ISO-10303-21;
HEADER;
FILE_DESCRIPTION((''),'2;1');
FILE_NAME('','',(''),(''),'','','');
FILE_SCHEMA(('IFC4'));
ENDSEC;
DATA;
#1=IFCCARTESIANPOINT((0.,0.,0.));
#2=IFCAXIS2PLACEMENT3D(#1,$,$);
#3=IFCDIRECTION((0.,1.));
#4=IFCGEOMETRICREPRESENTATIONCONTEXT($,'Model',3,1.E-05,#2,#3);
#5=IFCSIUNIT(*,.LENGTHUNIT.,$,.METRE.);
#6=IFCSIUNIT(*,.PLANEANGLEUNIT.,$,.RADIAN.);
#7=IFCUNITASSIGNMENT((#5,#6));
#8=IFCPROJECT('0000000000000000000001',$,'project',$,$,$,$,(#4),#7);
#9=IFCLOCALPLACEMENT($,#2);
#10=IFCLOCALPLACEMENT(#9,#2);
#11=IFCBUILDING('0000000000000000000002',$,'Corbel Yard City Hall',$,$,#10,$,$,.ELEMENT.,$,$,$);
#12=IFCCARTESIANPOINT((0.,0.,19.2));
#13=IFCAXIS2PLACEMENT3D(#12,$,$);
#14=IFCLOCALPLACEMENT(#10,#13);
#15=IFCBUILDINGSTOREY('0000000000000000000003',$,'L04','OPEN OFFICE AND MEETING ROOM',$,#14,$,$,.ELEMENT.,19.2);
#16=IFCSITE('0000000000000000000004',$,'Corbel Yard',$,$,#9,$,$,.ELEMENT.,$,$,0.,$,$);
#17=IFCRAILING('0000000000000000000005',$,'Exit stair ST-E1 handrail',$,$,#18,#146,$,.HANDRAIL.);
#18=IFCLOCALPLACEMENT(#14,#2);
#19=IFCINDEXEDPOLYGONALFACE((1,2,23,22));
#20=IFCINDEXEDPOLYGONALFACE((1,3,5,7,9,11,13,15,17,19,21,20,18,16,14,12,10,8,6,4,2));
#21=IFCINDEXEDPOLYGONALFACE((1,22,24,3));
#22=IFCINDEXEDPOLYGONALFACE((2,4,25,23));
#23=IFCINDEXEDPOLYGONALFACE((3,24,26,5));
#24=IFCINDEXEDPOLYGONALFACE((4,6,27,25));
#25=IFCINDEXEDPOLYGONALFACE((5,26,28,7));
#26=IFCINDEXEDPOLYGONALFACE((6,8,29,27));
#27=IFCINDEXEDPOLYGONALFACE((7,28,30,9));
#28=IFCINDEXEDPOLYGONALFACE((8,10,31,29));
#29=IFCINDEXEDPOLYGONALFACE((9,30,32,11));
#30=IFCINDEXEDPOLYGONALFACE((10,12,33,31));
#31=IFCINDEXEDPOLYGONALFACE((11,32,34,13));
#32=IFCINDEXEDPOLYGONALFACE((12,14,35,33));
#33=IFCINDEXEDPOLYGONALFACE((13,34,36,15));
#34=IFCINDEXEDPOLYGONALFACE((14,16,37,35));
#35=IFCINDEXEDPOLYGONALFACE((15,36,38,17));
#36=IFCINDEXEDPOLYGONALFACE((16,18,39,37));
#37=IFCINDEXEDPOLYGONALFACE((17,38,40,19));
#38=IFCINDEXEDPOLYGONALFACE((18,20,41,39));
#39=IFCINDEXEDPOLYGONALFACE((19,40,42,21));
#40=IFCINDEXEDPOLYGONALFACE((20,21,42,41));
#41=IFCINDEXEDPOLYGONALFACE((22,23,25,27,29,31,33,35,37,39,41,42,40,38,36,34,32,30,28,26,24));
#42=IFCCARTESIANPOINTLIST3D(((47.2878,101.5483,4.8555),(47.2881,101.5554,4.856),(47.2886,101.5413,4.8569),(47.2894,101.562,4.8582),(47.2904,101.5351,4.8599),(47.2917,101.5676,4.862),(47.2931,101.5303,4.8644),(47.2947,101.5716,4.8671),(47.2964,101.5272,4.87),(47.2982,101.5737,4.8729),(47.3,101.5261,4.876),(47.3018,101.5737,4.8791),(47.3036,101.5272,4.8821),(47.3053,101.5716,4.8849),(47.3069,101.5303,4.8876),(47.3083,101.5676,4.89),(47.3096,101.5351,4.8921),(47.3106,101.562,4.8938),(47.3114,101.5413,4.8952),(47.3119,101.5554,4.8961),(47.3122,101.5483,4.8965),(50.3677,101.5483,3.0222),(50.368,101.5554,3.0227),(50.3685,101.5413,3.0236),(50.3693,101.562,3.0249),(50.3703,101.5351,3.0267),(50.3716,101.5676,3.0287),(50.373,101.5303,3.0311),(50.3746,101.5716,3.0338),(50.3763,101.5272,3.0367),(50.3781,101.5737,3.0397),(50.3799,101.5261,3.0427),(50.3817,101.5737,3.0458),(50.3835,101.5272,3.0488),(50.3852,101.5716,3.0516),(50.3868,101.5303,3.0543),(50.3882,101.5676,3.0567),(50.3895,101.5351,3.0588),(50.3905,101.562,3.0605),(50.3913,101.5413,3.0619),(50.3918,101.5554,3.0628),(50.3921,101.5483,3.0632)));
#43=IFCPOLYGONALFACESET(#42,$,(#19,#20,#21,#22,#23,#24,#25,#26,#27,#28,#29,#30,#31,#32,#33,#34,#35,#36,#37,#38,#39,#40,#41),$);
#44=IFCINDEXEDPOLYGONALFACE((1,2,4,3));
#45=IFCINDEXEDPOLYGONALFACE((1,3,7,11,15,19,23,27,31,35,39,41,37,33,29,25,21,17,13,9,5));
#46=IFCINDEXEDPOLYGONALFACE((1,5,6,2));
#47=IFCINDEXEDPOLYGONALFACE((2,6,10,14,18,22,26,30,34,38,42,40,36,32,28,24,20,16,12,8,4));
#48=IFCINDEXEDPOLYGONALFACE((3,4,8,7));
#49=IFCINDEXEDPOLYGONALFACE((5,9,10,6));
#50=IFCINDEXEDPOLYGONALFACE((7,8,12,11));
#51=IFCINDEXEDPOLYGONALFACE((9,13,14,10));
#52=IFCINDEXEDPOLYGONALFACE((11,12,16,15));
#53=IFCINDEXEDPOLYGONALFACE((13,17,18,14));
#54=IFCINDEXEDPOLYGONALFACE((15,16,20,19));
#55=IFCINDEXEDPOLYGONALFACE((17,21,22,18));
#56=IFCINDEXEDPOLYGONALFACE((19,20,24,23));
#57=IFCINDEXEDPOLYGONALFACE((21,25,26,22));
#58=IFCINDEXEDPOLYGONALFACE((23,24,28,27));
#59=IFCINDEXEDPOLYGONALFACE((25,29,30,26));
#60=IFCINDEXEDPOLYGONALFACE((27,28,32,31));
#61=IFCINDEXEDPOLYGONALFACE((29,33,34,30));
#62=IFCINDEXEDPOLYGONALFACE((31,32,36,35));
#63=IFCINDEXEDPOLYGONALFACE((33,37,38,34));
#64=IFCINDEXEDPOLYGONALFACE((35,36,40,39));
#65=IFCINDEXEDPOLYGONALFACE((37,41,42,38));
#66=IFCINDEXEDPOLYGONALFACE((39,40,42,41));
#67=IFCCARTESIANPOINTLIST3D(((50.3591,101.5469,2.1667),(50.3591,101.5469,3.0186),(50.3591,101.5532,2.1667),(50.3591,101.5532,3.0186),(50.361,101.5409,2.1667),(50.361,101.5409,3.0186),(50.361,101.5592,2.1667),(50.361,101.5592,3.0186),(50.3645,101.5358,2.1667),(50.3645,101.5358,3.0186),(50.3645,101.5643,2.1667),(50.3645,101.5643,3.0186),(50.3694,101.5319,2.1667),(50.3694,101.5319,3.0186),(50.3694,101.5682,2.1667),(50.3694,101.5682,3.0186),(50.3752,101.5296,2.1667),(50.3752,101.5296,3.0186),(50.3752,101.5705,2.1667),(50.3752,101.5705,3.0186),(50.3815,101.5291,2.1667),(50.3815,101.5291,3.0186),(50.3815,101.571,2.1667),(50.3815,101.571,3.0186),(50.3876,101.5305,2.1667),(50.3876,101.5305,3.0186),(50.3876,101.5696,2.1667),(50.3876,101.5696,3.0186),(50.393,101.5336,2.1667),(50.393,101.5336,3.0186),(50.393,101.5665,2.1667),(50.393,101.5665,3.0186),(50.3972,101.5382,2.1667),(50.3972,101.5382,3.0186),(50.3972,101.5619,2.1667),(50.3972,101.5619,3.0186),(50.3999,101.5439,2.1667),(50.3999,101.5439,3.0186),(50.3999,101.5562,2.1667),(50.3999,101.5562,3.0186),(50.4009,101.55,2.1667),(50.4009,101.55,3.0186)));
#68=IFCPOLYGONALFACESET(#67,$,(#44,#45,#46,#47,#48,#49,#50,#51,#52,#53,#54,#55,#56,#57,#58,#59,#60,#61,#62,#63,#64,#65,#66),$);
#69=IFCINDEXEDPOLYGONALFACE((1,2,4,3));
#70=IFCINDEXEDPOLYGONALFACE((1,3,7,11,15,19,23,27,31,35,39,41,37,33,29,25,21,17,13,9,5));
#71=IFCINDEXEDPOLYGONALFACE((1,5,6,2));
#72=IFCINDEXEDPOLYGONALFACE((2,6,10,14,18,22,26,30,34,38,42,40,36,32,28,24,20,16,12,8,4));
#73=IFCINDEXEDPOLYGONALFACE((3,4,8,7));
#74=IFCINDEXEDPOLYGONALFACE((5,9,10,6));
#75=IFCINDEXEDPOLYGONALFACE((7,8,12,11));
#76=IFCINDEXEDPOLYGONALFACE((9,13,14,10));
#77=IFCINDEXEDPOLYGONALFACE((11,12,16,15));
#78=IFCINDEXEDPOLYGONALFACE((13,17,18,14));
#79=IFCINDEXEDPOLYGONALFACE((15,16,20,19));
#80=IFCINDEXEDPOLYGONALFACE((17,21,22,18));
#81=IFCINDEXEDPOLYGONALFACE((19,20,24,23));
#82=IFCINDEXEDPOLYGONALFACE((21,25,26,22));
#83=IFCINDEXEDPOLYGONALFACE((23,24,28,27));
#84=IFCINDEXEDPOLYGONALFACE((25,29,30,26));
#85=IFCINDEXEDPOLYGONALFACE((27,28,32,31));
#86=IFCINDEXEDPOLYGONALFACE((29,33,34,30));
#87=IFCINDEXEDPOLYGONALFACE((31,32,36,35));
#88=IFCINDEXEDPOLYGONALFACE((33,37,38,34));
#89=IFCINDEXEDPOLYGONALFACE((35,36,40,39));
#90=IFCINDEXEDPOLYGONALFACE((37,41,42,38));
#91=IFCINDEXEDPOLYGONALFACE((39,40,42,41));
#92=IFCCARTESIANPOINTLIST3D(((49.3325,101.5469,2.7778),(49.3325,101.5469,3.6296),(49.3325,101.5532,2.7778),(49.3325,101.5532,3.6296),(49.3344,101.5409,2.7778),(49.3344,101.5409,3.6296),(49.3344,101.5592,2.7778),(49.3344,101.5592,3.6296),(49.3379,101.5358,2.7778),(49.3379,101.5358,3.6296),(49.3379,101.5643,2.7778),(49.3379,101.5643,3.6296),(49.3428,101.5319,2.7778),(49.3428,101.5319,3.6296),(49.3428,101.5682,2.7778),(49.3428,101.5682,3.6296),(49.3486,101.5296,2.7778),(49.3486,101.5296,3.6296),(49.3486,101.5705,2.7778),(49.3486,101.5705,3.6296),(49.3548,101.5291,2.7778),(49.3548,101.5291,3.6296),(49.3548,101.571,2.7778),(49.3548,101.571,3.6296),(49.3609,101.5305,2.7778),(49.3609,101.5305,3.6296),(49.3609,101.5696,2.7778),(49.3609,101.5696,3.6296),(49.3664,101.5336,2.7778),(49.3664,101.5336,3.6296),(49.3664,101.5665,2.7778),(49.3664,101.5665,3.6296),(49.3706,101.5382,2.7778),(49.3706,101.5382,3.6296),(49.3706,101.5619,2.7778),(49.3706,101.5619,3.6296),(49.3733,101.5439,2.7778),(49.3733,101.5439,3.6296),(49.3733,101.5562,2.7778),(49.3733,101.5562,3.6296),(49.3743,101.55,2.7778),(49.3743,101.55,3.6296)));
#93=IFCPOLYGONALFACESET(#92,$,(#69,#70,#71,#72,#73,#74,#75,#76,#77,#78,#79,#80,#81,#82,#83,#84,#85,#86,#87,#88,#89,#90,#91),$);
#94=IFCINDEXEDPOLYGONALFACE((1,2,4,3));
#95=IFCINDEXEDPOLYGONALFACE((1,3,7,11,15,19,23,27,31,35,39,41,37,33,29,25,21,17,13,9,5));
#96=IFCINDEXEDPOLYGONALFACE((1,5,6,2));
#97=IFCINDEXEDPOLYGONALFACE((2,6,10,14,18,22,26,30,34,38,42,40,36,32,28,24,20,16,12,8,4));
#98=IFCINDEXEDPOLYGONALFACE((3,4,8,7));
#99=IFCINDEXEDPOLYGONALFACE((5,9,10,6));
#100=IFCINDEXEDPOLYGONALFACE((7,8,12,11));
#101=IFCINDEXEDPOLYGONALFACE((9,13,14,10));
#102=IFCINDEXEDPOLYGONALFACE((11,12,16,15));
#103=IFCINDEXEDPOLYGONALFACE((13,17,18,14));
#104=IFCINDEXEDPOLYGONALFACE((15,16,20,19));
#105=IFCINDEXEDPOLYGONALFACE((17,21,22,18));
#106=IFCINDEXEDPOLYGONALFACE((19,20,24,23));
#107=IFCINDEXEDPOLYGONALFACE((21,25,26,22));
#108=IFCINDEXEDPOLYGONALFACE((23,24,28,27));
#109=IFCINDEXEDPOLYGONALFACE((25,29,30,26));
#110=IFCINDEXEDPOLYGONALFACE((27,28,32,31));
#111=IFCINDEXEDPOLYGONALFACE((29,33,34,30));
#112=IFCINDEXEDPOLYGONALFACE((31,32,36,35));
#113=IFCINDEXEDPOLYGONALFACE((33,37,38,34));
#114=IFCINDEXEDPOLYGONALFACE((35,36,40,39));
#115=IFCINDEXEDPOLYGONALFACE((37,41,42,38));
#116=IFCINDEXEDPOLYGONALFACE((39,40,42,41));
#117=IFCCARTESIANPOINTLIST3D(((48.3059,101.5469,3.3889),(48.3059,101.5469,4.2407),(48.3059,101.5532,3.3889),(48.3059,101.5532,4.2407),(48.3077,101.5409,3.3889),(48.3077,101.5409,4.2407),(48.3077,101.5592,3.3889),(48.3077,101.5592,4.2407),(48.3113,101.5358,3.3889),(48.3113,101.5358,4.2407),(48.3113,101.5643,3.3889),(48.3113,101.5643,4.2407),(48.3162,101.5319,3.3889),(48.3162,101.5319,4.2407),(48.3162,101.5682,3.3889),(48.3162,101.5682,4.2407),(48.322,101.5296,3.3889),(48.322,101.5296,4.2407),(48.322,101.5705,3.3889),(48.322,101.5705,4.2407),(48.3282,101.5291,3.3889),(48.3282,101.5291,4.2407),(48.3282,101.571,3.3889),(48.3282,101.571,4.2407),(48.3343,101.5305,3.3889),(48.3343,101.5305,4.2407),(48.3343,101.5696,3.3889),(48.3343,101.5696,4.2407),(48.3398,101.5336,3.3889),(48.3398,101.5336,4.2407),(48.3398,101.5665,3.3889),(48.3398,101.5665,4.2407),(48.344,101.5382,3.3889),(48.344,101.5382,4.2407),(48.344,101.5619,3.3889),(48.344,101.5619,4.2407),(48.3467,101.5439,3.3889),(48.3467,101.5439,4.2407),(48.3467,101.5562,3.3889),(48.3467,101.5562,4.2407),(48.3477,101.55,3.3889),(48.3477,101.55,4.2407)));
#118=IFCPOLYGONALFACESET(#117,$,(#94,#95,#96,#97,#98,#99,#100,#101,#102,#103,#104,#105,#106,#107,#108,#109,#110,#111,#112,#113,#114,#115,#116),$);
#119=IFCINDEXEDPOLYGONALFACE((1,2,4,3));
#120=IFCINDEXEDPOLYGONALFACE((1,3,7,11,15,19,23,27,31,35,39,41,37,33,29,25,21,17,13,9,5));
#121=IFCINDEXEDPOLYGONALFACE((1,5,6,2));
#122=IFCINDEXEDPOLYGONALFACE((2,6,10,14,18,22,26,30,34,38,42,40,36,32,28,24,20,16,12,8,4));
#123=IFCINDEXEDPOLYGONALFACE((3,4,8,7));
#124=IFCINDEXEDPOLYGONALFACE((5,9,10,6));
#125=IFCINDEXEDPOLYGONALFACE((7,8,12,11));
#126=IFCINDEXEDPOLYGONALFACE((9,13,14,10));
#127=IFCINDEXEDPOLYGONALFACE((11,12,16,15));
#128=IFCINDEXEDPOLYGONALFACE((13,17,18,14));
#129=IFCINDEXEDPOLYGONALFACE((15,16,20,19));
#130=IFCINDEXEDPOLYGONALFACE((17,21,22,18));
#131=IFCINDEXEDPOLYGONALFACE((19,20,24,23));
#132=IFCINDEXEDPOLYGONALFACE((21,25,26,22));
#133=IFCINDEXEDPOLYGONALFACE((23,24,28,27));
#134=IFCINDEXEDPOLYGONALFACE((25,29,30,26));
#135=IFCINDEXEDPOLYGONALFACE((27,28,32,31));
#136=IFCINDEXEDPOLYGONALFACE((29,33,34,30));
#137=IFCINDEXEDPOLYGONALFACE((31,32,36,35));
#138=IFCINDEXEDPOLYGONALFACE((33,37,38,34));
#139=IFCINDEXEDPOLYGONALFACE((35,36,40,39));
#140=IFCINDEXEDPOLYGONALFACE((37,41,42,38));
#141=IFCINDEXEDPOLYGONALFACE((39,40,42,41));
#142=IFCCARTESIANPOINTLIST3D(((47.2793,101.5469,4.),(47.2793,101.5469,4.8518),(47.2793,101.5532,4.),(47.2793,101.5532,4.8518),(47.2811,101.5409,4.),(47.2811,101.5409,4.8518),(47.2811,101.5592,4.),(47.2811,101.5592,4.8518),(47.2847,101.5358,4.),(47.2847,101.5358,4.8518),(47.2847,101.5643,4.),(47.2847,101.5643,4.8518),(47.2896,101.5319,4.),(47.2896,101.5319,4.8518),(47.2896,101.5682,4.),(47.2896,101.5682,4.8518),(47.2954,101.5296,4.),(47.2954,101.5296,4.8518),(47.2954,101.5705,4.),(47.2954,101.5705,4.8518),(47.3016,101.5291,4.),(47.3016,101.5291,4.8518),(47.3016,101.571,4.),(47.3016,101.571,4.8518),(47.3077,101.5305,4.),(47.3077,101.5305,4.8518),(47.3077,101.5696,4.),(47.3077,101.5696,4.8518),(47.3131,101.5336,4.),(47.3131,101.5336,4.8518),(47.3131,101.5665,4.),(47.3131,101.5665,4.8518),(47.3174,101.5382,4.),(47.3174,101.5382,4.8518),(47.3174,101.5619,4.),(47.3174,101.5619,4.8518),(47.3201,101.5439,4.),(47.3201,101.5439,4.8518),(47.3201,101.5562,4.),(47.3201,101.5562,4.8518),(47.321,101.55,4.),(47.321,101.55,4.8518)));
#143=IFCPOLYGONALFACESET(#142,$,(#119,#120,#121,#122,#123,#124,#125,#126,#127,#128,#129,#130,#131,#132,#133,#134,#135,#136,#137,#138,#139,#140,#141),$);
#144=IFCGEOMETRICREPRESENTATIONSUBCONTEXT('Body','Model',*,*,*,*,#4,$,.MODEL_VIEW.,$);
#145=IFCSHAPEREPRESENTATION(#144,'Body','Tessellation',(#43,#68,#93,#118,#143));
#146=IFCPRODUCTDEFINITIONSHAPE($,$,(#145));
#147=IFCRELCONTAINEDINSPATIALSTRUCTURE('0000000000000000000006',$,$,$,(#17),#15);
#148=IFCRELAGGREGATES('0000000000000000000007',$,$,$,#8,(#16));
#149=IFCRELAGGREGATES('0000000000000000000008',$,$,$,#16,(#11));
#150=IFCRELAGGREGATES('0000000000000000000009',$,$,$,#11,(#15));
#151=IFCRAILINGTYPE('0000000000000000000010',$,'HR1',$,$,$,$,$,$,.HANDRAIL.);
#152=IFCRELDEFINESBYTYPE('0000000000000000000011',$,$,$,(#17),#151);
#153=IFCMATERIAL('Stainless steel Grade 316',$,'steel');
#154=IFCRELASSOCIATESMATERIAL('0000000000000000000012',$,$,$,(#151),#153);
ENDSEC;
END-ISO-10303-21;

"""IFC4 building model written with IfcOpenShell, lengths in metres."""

from ifc_helpers import new_model, si_unit, direction, frame, origin, origin_2d, place, context, subcontext, project, spatial, circle, extrude, material, type_object, element, save


model = new_model("IFC4")

# Units and contexts
model_context = context("Model", 3, precision=1e-05, world=origin(), true_north=direction((0.0, 1.0)))
body_context = subcontext(model_context, "Body", "Model", "MODEL_VIEW")
ifc_project = project(units=[si_unit("LENGTHUNIT", "METRE"), si_unit("PLANEANGLEUNIT", "RADIAN")], contexts=[model_context])

# Site, building, storey
site_placement = place(None, origin())
site = spatial("IfcSite", under=ifc_project, at=site_placement, Name="Corbel Yard", CompositionType="ELEMENT", RefElevation=0.0)
building_placement = place(site_placement, origin())
building = spatial("IfcBuilding", under=site, at=building_placement, Name="Corbel Yard City Hall", CompositionType="ELEMENT")
storey_placement = place(building_placement, frame((0.0, 0.0, 19.2)))
storey = spatial("IfcBuildingStorey", under=building, at=storey_placement, Name="L04", Description="OPEN OFFICE AND MEETING ROOM", CompositionType="ELEMENT", Elevation=19.2)

# Railing
ifc_material_1 = material(Name="Stainless steel Grade 316", Category="steel")
railing_type = type_object("IfcRailingType", Name="HR1", PredefinedType="HANDRAIL", material=ifc_material_1)
for number, where, name in (
    (1, (50.3799, 101.55, 2.1667), "Exit stair ST-E1 handrail"),
):
    element("IfcRailing", number, at=place(storey_placement, frame(where)), inside=storey, type_object=railing_type, Name=name, PredefinedType="HANDRAIL", context=body_context, shape_type="SweptSolid", body=[
        extrude(circle(Radius=0.0239, at=origin_2d()), frame((0.0, 0.0, 0.876), z_axis=(-0.859291, 0.0, 0.511487), x_axis=(0.0, -1.0, 0.0)), (0.0, 0.0, 1.0), 3.5842),
        extrude(circle(Radius=0.021, at=origin_2d()), origin(), (0.0, 0.0, 1.0), 0.8518),
        extrude(circle(Radius=0.021, at=origin_2d()), frame((-1.0266, 0.0, 0.6111)), (0.0, 0.0, 1.0), 0.8518),
        extrude(circle(Radius=0.021, at=origin_2d()), frame((-2.0532, 0.0, 1.2222)), (0.0, 0.0, 1.0), 0.8518),
        extrude(circle(Radius=0.021, at=origin_2d()), frame((-3.0798, 0.0, 1.8333)), (0.0, 0.0, 1.0), 0.8518),
    ])

save(model, "model.ifc")
